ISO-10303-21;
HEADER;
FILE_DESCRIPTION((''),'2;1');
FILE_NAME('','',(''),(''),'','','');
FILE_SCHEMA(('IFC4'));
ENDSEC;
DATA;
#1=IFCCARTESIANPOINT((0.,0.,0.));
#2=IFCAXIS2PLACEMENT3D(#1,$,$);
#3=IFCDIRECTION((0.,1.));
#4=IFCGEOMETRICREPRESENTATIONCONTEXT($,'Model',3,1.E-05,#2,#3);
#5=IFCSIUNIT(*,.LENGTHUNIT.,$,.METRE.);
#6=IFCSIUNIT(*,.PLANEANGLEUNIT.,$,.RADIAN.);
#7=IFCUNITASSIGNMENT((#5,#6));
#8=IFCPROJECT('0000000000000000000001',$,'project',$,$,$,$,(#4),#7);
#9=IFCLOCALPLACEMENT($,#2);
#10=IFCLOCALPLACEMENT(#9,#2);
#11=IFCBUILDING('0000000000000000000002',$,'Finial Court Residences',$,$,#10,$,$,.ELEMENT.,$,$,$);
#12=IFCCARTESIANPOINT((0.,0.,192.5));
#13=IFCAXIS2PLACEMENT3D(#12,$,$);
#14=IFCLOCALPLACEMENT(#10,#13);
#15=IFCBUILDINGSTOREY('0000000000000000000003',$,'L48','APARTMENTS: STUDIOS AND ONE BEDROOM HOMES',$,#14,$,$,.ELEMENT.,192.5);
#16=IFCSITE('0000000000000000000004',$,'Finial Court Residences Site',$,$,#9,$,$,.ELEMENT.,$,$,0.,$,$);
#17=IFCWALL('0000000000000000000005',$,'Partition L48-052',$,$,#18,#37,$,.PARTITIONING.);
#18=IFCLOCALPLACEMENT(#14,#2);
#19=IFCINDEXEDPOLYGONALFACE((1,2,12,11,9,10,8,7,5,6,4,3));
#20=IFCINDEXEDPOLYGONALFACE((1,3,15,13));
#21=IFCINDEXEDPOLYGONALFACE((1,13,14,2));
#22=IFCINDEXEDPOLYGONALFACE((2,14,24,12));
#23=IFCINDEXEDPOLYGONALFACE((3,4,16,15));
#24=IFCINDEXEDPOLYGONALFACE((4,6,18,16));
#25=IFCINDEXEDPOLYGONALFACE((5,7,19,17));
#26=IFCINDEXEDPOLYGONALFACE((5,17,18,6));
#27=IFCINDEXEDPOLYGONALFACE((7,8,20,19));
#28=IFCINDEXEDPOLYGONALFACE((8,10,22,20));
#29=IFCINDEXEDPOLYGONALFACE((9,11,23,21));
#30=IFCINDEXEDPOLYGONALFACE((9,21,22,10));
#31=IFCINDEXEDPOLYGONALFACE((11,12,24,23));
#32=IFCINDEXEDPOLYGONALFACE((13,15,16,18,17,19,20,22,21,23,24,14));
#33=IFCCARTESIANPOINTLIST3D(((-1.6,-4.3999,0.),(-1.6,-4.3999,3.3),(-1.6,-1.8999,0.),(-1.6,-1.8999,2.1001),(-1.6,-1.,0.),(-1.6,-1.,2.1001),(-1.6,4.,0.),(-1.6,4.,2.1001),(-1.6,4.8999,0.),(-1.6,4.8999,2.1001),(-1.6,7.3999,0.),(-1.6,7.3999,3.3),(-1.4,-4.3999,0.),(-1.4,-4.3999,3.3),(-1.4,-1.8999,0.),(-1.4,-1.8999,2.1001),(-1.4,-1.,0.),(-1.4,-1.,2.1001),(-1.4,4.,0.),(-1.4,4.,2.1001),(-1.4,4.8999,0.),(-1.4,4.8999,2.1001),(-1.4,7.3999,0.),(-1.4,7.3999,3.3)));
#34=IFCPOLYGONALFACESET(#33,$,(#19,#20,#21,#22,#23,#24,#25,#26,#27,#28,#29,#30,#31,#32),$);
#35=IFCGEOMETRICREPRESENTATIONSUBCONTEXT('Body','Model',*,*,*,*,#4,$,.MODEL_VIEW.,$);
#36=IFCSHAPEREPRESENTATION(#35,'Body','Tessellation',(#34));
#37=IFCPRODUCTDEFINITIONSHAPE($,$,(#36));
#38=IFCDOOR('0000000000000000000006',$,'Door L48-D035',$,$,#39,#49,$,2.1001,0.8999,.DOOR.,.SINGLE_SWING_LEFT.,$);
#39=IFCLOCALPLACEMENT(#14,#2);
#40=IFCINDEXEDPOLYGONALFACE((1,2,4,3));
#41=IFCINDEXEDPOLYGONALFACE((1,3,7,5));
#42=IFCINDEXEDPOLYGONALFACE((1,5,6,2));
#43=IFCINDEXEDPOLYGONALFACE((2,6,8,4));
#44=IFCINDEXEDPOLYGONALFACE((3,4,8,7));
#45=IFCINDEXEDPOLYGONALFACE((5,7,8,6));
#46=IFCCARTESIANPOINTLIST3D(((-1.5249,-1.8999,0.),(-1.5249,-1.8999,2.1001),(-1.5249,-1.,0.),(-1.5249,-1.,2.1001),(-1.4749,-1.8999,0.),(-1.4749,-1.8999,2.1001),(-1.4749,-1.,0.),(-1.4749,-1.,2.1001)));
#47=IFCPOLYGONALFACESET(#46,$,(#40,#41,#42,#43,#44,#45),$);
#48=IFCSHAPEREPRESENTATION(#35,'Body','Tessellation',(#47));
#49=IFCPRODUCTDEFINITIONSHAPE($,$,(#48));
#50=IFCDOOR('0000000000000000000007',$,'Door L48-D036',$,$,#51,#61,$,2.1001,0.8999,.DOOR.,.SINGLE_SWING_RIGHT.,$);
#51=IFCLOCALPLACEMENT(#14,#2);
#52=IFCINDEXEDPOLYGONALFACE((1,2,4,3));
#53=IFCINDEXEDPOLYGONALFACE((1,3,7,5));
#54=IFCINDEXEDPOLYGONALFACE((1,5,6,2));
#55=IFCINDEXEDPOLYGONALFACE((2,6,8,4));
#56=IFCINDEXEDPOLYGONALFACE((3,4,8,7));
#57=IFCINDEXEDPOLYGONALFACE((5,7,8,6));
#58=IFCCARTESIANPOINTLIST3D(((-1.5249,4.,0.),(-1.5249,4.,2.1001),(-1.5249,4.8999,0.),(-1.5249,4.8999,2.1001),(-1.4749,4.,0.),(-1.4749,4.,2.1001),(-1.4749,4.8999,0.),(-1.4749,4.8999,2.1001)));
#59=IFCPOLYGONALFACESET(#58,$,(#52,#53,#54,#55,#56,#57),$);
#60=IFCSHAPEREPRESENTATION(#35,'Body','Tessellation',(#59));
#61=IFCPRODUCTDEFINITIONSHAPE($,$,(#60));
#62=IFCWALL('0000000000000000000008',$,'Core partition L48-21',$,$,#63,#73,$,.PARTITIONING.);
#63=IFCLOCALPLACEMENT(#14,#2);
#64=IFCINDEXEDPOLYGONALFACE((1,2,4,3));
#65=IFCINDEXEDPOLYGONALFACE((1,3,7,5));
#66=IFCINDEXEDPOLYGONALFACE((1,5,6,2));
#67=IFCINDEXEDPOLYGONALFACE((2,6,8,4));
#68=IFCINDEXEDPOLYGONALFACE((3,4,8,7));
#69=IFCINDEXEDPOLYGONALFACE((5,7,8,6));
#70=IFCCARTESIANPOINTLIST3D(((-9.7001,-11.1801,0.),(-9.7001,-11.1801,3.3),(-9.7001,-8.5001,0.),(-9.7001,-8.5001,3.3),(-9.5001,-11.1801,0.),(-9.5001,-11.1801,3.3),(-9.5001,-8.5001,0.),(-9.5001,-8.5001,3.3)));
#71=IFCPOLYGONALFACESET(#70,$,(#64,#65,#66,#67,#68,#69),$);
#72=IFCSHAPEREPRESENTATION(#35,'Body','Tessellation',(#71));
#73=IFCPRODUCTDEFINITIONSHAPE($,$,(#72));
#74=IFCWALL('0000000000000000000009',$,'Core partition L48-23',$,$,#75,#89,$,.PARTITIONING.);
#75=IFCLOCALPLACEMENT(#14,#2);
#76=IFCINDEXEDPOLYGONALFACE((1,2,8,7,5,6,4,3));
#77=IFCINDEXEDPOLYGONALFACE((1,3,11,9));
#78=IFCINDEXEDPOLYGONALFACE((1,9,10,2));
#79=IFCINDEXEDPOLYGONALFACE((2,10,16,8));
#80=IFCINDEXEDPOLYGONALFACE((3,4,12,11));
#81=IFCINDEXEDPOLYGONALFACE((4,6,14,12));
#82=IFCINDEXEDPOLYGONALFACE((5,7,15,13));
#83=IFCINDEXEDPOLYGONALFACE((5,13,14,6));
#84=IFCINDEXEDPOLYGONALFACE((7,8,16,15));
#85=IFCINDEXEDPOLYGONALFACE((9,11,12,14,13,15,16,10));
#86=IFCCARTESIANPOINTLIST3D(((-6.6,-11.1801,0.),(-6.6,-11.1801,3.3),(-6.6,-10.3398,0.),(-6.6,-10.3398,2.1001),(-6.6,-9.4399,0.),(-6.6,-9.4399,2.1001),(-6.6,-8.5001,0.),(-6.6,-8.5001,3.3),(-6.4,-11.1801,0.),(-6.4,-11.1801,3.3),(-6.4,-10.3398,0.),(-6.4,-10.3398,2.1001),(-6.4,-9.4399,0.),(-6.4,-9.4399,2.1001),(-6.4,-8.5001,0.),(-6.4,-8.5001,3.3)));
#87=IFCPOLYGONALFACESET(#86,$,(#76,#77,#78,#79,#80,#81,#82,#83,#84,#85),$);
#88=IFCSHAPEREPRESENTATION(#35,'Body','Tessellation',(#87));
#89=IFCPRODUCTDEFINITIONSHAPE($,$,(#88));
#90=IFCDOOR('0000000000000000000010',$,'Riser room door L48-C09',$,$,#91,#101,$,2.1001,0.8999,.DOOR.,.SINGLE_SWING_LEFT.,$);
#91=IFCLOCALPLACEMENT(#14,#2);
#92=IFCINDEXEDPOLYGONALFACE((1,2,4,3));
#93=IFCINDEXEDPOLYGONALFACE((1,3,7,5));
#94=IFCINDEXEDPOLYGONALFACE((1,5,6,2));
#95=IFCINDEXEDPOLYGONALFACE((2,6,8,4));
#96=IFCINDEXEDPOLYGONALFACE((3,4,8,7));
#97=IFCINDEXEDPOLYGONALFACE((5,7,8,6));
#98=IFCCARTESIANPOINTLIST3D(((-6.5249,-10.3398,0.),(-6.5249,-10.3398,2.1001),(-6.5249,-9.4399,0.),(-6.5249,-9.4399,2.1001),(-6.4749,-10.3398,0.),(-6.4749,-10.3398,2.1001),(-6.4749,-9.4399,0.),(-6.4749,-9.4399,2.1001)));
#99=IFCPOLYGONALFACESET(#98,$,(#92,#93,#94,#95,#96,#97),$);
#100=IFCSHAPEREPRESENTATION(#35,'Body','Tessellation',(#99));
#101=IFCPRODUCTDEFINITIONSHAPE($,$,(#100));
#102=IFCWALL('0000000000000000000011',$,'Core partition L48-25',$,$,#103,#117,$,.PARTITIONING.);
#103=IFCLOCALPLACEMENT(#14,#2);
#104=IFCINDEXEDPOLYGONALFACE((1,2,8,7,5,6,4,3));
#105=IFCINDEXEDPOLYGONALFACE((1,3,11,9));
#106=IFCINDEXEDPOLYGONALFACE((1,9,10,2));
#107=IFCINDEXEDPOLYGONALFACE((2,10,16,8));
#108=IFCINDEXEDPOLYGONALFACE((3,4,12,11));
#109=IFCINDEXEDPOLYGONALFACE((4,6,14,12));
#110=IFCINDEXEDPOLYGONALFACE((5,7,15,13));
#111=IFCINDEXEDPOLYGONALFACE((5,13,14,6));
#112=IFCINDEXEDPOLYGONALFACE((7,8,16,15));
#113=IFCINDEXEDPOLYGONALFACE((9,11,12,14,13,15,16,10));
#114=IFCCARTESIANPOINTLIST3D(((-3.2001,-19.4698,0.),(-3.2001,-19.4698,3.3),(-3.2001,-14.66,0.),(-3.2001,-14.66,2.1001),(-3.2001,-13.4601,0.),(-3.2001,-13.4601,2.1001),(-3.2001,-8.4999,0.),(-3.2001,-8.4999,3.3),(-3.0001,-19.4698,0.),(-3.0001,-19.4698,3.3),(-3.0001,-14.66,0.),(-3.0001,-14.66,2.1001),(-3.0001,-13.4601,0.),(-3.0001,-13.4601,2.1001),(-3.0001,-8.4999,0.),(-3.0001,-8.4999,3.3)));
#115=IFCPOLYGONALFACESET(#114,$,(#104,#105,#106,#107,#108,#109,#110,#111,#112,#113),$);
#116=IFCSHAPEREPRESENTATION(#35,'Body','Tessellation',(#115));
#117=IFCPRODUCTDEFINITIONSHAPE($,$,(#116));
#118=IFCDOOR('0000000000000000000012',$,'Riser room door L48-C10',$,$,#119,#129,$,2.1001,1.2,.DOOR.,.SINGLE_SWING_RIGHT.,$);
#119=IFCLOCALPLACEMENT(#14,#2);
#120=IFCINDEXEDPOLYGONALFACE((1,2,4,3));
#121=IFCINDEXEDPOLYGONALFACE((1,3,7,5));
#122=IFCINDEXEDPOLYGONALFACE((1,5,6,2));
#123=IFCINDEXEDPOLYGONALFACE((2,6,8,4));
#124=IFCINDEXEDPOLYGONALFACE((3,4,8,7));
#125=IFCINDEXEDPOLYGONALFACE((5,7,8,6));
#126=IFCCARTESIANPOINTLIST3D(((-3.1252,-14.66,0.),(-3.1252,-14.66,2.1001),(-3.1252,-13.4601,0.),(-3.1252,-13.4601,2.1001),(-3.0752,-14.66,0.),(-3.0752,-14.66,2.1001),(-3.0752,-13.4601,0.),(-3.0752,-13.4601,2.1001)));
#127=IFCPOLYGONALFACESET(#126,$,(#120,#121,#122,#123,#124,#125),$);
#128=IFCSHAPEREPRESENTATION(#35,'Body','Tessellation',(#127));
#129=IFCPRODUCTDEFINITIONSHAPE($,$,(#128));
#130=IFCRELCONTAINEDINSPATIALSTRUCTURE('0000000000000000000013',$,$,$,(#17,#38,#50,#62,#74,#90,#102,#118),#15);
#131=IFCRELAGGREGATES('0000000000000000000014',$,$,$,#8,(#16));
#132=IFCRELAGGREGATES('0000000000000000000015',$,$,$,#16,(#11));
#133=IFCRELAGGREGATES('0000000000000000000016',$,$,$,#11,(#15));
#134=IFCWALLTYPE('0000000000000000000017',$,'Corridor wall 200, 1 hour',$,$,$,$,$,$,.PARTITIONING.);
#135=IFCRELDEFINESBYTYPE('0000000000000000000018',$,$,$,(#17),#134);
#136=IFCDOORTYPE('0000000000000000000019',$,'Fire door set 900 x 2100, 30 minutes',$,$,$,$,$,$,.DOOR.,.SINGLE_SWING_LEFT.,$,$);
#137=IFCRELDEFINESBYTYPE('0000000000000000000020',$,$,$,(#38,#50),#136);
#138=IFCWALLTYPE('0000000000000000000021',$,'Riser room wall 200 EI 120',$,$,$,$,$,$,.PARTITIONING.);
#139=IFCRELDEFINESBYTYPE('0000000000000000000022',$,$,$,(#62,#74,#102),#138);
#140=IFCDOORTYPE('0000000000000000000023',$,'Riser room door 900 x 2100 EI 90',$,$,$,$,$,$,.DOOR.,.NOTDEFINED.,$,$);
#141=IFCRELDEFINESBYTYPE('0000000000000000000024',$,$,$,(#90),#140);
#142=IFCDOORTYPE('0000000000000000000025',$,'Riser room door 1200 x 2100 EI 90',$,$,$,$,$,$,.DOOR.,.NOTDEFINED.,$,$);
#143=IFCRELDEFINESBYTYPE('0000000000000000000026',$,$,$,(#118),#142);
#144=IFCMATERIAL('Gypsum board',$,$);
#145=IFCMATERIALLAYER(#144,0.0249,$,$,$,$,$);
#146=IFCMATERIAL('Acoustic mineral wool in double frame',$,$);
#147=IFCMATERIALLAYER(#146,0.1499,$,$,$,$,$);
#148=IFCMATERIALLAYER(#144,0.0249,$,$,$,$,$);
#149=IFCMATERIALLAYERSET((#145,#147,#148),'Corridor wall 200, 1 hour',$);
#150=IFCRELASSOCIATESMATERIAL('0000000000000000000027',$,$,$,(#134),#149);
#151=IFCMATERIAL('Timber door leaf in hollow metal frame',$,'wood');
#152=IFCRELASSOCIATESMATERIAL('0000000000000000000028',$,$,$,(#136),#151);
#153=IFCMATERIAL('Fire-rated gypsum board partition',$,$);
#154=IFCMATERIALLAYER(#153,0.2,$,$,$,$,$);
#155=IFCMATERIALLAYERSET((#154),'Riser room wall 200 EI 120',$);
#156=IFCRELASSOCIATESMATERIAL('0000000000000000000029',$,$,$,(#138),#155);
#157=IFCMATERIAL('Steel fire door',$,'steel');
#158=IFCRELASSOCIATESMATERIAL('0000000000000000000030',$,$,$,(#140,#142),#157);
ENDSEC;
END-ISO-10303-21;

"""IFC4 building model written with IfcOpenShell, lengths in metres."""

from ifc_helpers import new_model, si_unit, direction, frame, frame_2d, origin, place, context, subcontext, project, spatial, rectangle, extrude, material, layer, layer_set, type_object, element, fill, save


model = new_model("IFC4")

# Units and contexts
model_context = context("Model", 3, precision=1e-05, world=origin(), true_north=direction((0.0, 1.0)))
body_context = subcontext(model_context, "Body", "Model", "MODEL_VIEW")
ifc_project = project(units=[si_unit("LENGTHUNIT", "METRE"), si_unit("PLANEANGLEUNIT", "RADIAN")], contexts=[model_context])

# Site, building, storey
site_placement = place(None, origin())
site = spatial("IfcSite", under=ifc_project, at=site_placement, Name="Finial Court Residences Site", CompositionType="ELEMENT", RefElevation=0.0)
building_placement = place(site_placement, origin())
building = spatial("IfcBuilding", under=site, at=building_placement, Name="Finial Court Residences", CompositionType="ELEMENT")
storey_placement = place(building_placement, frame((0.0, 0.0, 192.5)))
storey = spatial("IfcBuildingStorey", under=building, at=storey_placement, Name="L48", Description="APARTMENTS: STUDIOS AND ONE BEDROOM HOMES", CompositionType="ELEMENT", Elevation=192.5)

# Shared definitions
ifc_material_1 = material(Name="Fire-rated gypsum board partition")
ifc_material_2 = material(Name="Gypsum board")
ifc_layer_1 = layer(ifc_material_2, 0.0249)
ifc_material_3 = material(Name="Acoustic mineral wool in double frame")
ifc_layer_2 = layer(ifc_material_3, 0.1499)
ifc_layer_3 = layer(ifc_material_2, 0.0249)
ifc_layer_set_1 = layer_set([ifc_layer_1, ifc_layer_2, ifc_layer_3], Name="Corridor wall 200, 1 hour")
wall_type_1 = type_object("IfcWallType", Name="Corridor wall 200, 1 hour", PredefinedType="PARTITIONING", material=ifc_layer_set_1)

# Shared definitions
ifc_material_4 = material(Name="Timber door leaf in hollow metal frame", Category="wood")

# Wall, openings, doors
wall_1_placement = place(storey_placement, frame((-1.5, -4.3999, 0.0), z_axis=(0.0, 0.0, 1.0), x_axis=(0.0, 1.0, 0.0)))
wall_1 = element("IfcWall", 1, at=wall_1_placement, inside=storey, type_object=wall_type_1, Name="Partition L48-052", PredefinedType="PARTITIONING", context=body_context, shape_type="SweptSolid", body=[
    extrude(rectangle(XDim=11.7998, YDim=0.2, at=frame_2d((5.8999, 0.0))), origin(), (0.0, 0.0, 1.0), 3.3),
])
opening_1_placement = place(wall_1_placement, frame((2.5, 0.0, 0.0)))
opening_1 = element("IfcOpeningElement", 2, at=opening_1_placement, cuts=wall_1, PredefinedType="OPENING", context=body_context, shape_type="SweptSolid", body=[
    extrude(rectangle(XDim=0.8999, YDim=2.1001, at=frame_2d((0.45, 1.05))), frame((0.0, 0.1099, 0.0), z_axis=(0.0, -1.0, 0.0), x_axis=(1.0, 0.0, 0.0)), (0.0, 0.0, 1.0), 0.22),
])
opening_2_placement = place(wall_1_placement, frame((8.3999, 0.0, 0.0)))
opening_2 = element("IfcOpeningElement", 3, at=opening_2_placement, cuts=wall_1, PredefinedType="OPENING", context=body_context, shape_type="SweptSolid", body=[
    extrude(rectangle(XDim=0.8999, YDim=2.1001, at=frame_2d((0.45, 1.05))), frame((0.0, 0.1099, 0.0), z_axis=(0.0, -1.0, 0.0), x_axis=(1.0, 0.0, 0.0)), (0.0, 0.0, 1.0), 0.22),
])
door_type_1 = type_object("IfcDoorType", Name="Fire door set 900 x 2100, 30 minutes", OperationType="SINGLE_SWING_LEFT", PredefinedType="DOOR", material=ifc_material_4)
door_1_placement = place(opening_1_placement, origin())
door_1 = element("IfcDoor", 4, at=door_1_placement, inside=storey, type_object=door_type_1, Name="Door L48-D035", OperationType="SINGLE_SWING_LEFT", OverallHeight=2.1001, OverallWidth=0.8999, PredefinedType="DOOR", context=body_context, shape_type="SweptSolid", body=[
    extrude(rectangle(XDim=0.8999, YDim=2.1001, at=frame_2d((0.45, 1.05))), frame((0.0, 0.0249, 0.0), z_axis=(0.0, -1.0, 0.0), x_axis=(1.0, 0.0, 0.0)), (0.0, 0.0, 1.0), 0.05),
])
fill(opening_1, door_1)
door_2_placement = place(opening_2_placement, origin())
door_2 = element("IfcDoor", 5, at=door_2_placement, inside=storey, type_object=door_type_1, Name="Door L48-D036", OperationType="SINGLE_SWING_RIGHT", OverallHeight=2.1001, OverallWidth=0.8999, PredefinedType="DOOR", context=body_context, shape_type="SweptSolid", body=[
    extrude(rectangle(XDim=0.8999, YDim=2.1001, at=frame_2d((0.45, 1.05))), frame((0.0, 0.0249, 0.0), z_axis=(0.0, -1.0, 0.0), x_axis=(1.0, 0.0, 0.0)), (0.0, 0.0, 1.0), 0.05),
])
fill(opening_2, door_2)

# Wall
ifc_layer_4 = layer(ifc_material_1, 0.2)
ifc_layer_set_2 = layer_set([ifc_layer_4], Name="Riser room wall 200 EI 120")
wall_type_2 = type_object("IfcWallType", Name="Riser room wall 200 EI 120", PredefinedType="PARTITIONING", material=ifc_layer_set_2)
wall_2_placement = place(storey_placement, frame((-9.6001, -11.1799, 0.0), z_axis=(0.0, 0.0, 1.0), x_axis=(0.0, 1.0, 0.0)))
element("IfcWall", 6, at=wall_2_placement, inside=storey, type_object=wall_type_2, Name="Core partition L48-21", PredefinedType="PARTITIONING", context=body_context, shape_type="SweptSolid", body=[
    extrude(rectangle(XDim=2.6799, YDim=0.2, at=frame_2d((1.3398, 0.0))), origin(), (0.0, 0.0, 1.0), 3.3),
])

# Walls, openings, doors
wall_3_placement = place(storey_placement, frame((-6.5, -11.1799, 0.0), z_axis=(0.0, 0.0, 1.0), x_axis=(0.0, 1.0, 0.0)))
wall_3 = element("IfcWall", 7, at=wall_3_placement, inside=storey, type_object=wall_type_2, Name="Core partition L48-23", PredefinedType="PARTITIONING", context=body_context, shape_type="SweptSolid", body=[
    extrude(rectangle(XDim=2.6799, YDim=0.2, at=frame_2d((1.3398, 0.0))), origin(), (0.0, 0.0, 1.0), 3.3),
])
opening_3_placement = place(wall_3_placement, frame((0.8401, 0.0, 0.0)))
opening_3 = element("IfcOpeningElement", 8, at=opening_3_placement, cuts=wall_3, PredefinedType="OPENING", context=body_context, shape_type="SweptSolid", body=[
    extrude(rectangle(XDim=0.8999, YDim=2.1001, at=frame_2d((0.45, 1.05))), frame((0.0, 0.1099, 0.0), z_axis=(0.0, -1.0, 0.0), x_axis=(1.0, 0.0, 0.0)), (0.0, 0.0, 1.0), 0.22),
])
ifc_material_5 = material(Name="Steel fire door", Category="steel")
door_type_2 = type_object("IfcDoorType", Name="Riser room door 900 x 2100 EI 90", OperationType="NOTDEFINED", PredefinedType="DOOR", material=ifc_material_5)
door_3_placement = place(opening_3_placement, origin())
door_3 = element("IfcDoor", 9, at=door_3_placement, inside=storey, type_object=door_type_2, Name="Riser room door L48-C09", OperationType="SINGLE_SWING_LEFT", OverallHeight=2.1001, OverallWidth=0.8999, PredefinedType="DOOR", context=body_context, shape_type="SweptSolid", body=[
    extrude(rectangle(XDim=0.8999, YDim=2.1001, at=frame_2d((0.45, 1.05))), frame((0.0, 0.0249, 0.0), z_axis=(0.0, -1.0, 0.0), x_axis=(1.0, 0.0, 0.0)), (0.0, 0.0, 1.0), 0.05),
])
fill(opening_3, door_3)
wall_4_placement = place(storey_placement, frame((-3.1001, -8.5, 0.0), z_axis=(0.0, 0.0, 1.0), x_axis=(0.0, -1.0, 0.0)))
wall_4 = element("IfcWall", 10, at=wall_4_placement, inside=storey, type_object=wall_type_2, Name="Core partition L48-25", PredefinedType="PARTITIONING", context=body_context, shape_type="SweptSolid", body=[
    extrude(rectangle(XDim=10.97, YDim=0.2, at=frame_2d((5.4849, 0.0))), origin(), (0.0, 0.0, 1.0), 3.3),
])
opening_4_placement = place(wall_4_placement, frame((4.96, 0.0, 0.0)))
opening_4 = element("IfcOpeningElement", 11, at=opening_4_placement, cuts=wall_4, PredefinedType="OPENING", context=body_context, shape_type="SweptSolid", body=[
    extrude(rectangle(XDim=1.2, YDim=2.1001, at=frame_2d((0.6001, 1.05))), frame((0.0, 0.1099, 0.0), z_axis=(0.0, -1.0, 0.0), x_axis=(1.0, 0.0, 0.0)), (0.0, 0.0, 1.0), 0.22),
])
door_type_3 = type_object("IfcDoorType", Name="Riser room door 1200 x 2100 EI 90", OperationType="NOTDEFINED", PredefinedType="DOOR", material=ifc_material_5)
door_4_placement = place(opening_4_placement, origin())
door_4 = element("IfcDoor", 12, at=door_4_placement, inside=storey, type_object=door_type_3, Name="Riser room door L48-C10", OperationType="SINGLE_SWING_RIGHT", OverallHeight=2.1001, OverallWidth=1.2, PredefinedType="DOOR", context=body_context, shape_type="SweptSolid", body=[
    extrude(rectangle(XDim=1.2, YDim=2.1001, at=frame_2d((0.6001, 1.05))), frame((0.0, 0.0249, 0.0), z_axis=(0.0, -1.0, 0.0), x_axis=(1.0, 0.0, 0.0)), (0.0, 0.0, 1.0), 0.05),
])
fill(opening_4, door_4)

save(model, "model.ifc")
